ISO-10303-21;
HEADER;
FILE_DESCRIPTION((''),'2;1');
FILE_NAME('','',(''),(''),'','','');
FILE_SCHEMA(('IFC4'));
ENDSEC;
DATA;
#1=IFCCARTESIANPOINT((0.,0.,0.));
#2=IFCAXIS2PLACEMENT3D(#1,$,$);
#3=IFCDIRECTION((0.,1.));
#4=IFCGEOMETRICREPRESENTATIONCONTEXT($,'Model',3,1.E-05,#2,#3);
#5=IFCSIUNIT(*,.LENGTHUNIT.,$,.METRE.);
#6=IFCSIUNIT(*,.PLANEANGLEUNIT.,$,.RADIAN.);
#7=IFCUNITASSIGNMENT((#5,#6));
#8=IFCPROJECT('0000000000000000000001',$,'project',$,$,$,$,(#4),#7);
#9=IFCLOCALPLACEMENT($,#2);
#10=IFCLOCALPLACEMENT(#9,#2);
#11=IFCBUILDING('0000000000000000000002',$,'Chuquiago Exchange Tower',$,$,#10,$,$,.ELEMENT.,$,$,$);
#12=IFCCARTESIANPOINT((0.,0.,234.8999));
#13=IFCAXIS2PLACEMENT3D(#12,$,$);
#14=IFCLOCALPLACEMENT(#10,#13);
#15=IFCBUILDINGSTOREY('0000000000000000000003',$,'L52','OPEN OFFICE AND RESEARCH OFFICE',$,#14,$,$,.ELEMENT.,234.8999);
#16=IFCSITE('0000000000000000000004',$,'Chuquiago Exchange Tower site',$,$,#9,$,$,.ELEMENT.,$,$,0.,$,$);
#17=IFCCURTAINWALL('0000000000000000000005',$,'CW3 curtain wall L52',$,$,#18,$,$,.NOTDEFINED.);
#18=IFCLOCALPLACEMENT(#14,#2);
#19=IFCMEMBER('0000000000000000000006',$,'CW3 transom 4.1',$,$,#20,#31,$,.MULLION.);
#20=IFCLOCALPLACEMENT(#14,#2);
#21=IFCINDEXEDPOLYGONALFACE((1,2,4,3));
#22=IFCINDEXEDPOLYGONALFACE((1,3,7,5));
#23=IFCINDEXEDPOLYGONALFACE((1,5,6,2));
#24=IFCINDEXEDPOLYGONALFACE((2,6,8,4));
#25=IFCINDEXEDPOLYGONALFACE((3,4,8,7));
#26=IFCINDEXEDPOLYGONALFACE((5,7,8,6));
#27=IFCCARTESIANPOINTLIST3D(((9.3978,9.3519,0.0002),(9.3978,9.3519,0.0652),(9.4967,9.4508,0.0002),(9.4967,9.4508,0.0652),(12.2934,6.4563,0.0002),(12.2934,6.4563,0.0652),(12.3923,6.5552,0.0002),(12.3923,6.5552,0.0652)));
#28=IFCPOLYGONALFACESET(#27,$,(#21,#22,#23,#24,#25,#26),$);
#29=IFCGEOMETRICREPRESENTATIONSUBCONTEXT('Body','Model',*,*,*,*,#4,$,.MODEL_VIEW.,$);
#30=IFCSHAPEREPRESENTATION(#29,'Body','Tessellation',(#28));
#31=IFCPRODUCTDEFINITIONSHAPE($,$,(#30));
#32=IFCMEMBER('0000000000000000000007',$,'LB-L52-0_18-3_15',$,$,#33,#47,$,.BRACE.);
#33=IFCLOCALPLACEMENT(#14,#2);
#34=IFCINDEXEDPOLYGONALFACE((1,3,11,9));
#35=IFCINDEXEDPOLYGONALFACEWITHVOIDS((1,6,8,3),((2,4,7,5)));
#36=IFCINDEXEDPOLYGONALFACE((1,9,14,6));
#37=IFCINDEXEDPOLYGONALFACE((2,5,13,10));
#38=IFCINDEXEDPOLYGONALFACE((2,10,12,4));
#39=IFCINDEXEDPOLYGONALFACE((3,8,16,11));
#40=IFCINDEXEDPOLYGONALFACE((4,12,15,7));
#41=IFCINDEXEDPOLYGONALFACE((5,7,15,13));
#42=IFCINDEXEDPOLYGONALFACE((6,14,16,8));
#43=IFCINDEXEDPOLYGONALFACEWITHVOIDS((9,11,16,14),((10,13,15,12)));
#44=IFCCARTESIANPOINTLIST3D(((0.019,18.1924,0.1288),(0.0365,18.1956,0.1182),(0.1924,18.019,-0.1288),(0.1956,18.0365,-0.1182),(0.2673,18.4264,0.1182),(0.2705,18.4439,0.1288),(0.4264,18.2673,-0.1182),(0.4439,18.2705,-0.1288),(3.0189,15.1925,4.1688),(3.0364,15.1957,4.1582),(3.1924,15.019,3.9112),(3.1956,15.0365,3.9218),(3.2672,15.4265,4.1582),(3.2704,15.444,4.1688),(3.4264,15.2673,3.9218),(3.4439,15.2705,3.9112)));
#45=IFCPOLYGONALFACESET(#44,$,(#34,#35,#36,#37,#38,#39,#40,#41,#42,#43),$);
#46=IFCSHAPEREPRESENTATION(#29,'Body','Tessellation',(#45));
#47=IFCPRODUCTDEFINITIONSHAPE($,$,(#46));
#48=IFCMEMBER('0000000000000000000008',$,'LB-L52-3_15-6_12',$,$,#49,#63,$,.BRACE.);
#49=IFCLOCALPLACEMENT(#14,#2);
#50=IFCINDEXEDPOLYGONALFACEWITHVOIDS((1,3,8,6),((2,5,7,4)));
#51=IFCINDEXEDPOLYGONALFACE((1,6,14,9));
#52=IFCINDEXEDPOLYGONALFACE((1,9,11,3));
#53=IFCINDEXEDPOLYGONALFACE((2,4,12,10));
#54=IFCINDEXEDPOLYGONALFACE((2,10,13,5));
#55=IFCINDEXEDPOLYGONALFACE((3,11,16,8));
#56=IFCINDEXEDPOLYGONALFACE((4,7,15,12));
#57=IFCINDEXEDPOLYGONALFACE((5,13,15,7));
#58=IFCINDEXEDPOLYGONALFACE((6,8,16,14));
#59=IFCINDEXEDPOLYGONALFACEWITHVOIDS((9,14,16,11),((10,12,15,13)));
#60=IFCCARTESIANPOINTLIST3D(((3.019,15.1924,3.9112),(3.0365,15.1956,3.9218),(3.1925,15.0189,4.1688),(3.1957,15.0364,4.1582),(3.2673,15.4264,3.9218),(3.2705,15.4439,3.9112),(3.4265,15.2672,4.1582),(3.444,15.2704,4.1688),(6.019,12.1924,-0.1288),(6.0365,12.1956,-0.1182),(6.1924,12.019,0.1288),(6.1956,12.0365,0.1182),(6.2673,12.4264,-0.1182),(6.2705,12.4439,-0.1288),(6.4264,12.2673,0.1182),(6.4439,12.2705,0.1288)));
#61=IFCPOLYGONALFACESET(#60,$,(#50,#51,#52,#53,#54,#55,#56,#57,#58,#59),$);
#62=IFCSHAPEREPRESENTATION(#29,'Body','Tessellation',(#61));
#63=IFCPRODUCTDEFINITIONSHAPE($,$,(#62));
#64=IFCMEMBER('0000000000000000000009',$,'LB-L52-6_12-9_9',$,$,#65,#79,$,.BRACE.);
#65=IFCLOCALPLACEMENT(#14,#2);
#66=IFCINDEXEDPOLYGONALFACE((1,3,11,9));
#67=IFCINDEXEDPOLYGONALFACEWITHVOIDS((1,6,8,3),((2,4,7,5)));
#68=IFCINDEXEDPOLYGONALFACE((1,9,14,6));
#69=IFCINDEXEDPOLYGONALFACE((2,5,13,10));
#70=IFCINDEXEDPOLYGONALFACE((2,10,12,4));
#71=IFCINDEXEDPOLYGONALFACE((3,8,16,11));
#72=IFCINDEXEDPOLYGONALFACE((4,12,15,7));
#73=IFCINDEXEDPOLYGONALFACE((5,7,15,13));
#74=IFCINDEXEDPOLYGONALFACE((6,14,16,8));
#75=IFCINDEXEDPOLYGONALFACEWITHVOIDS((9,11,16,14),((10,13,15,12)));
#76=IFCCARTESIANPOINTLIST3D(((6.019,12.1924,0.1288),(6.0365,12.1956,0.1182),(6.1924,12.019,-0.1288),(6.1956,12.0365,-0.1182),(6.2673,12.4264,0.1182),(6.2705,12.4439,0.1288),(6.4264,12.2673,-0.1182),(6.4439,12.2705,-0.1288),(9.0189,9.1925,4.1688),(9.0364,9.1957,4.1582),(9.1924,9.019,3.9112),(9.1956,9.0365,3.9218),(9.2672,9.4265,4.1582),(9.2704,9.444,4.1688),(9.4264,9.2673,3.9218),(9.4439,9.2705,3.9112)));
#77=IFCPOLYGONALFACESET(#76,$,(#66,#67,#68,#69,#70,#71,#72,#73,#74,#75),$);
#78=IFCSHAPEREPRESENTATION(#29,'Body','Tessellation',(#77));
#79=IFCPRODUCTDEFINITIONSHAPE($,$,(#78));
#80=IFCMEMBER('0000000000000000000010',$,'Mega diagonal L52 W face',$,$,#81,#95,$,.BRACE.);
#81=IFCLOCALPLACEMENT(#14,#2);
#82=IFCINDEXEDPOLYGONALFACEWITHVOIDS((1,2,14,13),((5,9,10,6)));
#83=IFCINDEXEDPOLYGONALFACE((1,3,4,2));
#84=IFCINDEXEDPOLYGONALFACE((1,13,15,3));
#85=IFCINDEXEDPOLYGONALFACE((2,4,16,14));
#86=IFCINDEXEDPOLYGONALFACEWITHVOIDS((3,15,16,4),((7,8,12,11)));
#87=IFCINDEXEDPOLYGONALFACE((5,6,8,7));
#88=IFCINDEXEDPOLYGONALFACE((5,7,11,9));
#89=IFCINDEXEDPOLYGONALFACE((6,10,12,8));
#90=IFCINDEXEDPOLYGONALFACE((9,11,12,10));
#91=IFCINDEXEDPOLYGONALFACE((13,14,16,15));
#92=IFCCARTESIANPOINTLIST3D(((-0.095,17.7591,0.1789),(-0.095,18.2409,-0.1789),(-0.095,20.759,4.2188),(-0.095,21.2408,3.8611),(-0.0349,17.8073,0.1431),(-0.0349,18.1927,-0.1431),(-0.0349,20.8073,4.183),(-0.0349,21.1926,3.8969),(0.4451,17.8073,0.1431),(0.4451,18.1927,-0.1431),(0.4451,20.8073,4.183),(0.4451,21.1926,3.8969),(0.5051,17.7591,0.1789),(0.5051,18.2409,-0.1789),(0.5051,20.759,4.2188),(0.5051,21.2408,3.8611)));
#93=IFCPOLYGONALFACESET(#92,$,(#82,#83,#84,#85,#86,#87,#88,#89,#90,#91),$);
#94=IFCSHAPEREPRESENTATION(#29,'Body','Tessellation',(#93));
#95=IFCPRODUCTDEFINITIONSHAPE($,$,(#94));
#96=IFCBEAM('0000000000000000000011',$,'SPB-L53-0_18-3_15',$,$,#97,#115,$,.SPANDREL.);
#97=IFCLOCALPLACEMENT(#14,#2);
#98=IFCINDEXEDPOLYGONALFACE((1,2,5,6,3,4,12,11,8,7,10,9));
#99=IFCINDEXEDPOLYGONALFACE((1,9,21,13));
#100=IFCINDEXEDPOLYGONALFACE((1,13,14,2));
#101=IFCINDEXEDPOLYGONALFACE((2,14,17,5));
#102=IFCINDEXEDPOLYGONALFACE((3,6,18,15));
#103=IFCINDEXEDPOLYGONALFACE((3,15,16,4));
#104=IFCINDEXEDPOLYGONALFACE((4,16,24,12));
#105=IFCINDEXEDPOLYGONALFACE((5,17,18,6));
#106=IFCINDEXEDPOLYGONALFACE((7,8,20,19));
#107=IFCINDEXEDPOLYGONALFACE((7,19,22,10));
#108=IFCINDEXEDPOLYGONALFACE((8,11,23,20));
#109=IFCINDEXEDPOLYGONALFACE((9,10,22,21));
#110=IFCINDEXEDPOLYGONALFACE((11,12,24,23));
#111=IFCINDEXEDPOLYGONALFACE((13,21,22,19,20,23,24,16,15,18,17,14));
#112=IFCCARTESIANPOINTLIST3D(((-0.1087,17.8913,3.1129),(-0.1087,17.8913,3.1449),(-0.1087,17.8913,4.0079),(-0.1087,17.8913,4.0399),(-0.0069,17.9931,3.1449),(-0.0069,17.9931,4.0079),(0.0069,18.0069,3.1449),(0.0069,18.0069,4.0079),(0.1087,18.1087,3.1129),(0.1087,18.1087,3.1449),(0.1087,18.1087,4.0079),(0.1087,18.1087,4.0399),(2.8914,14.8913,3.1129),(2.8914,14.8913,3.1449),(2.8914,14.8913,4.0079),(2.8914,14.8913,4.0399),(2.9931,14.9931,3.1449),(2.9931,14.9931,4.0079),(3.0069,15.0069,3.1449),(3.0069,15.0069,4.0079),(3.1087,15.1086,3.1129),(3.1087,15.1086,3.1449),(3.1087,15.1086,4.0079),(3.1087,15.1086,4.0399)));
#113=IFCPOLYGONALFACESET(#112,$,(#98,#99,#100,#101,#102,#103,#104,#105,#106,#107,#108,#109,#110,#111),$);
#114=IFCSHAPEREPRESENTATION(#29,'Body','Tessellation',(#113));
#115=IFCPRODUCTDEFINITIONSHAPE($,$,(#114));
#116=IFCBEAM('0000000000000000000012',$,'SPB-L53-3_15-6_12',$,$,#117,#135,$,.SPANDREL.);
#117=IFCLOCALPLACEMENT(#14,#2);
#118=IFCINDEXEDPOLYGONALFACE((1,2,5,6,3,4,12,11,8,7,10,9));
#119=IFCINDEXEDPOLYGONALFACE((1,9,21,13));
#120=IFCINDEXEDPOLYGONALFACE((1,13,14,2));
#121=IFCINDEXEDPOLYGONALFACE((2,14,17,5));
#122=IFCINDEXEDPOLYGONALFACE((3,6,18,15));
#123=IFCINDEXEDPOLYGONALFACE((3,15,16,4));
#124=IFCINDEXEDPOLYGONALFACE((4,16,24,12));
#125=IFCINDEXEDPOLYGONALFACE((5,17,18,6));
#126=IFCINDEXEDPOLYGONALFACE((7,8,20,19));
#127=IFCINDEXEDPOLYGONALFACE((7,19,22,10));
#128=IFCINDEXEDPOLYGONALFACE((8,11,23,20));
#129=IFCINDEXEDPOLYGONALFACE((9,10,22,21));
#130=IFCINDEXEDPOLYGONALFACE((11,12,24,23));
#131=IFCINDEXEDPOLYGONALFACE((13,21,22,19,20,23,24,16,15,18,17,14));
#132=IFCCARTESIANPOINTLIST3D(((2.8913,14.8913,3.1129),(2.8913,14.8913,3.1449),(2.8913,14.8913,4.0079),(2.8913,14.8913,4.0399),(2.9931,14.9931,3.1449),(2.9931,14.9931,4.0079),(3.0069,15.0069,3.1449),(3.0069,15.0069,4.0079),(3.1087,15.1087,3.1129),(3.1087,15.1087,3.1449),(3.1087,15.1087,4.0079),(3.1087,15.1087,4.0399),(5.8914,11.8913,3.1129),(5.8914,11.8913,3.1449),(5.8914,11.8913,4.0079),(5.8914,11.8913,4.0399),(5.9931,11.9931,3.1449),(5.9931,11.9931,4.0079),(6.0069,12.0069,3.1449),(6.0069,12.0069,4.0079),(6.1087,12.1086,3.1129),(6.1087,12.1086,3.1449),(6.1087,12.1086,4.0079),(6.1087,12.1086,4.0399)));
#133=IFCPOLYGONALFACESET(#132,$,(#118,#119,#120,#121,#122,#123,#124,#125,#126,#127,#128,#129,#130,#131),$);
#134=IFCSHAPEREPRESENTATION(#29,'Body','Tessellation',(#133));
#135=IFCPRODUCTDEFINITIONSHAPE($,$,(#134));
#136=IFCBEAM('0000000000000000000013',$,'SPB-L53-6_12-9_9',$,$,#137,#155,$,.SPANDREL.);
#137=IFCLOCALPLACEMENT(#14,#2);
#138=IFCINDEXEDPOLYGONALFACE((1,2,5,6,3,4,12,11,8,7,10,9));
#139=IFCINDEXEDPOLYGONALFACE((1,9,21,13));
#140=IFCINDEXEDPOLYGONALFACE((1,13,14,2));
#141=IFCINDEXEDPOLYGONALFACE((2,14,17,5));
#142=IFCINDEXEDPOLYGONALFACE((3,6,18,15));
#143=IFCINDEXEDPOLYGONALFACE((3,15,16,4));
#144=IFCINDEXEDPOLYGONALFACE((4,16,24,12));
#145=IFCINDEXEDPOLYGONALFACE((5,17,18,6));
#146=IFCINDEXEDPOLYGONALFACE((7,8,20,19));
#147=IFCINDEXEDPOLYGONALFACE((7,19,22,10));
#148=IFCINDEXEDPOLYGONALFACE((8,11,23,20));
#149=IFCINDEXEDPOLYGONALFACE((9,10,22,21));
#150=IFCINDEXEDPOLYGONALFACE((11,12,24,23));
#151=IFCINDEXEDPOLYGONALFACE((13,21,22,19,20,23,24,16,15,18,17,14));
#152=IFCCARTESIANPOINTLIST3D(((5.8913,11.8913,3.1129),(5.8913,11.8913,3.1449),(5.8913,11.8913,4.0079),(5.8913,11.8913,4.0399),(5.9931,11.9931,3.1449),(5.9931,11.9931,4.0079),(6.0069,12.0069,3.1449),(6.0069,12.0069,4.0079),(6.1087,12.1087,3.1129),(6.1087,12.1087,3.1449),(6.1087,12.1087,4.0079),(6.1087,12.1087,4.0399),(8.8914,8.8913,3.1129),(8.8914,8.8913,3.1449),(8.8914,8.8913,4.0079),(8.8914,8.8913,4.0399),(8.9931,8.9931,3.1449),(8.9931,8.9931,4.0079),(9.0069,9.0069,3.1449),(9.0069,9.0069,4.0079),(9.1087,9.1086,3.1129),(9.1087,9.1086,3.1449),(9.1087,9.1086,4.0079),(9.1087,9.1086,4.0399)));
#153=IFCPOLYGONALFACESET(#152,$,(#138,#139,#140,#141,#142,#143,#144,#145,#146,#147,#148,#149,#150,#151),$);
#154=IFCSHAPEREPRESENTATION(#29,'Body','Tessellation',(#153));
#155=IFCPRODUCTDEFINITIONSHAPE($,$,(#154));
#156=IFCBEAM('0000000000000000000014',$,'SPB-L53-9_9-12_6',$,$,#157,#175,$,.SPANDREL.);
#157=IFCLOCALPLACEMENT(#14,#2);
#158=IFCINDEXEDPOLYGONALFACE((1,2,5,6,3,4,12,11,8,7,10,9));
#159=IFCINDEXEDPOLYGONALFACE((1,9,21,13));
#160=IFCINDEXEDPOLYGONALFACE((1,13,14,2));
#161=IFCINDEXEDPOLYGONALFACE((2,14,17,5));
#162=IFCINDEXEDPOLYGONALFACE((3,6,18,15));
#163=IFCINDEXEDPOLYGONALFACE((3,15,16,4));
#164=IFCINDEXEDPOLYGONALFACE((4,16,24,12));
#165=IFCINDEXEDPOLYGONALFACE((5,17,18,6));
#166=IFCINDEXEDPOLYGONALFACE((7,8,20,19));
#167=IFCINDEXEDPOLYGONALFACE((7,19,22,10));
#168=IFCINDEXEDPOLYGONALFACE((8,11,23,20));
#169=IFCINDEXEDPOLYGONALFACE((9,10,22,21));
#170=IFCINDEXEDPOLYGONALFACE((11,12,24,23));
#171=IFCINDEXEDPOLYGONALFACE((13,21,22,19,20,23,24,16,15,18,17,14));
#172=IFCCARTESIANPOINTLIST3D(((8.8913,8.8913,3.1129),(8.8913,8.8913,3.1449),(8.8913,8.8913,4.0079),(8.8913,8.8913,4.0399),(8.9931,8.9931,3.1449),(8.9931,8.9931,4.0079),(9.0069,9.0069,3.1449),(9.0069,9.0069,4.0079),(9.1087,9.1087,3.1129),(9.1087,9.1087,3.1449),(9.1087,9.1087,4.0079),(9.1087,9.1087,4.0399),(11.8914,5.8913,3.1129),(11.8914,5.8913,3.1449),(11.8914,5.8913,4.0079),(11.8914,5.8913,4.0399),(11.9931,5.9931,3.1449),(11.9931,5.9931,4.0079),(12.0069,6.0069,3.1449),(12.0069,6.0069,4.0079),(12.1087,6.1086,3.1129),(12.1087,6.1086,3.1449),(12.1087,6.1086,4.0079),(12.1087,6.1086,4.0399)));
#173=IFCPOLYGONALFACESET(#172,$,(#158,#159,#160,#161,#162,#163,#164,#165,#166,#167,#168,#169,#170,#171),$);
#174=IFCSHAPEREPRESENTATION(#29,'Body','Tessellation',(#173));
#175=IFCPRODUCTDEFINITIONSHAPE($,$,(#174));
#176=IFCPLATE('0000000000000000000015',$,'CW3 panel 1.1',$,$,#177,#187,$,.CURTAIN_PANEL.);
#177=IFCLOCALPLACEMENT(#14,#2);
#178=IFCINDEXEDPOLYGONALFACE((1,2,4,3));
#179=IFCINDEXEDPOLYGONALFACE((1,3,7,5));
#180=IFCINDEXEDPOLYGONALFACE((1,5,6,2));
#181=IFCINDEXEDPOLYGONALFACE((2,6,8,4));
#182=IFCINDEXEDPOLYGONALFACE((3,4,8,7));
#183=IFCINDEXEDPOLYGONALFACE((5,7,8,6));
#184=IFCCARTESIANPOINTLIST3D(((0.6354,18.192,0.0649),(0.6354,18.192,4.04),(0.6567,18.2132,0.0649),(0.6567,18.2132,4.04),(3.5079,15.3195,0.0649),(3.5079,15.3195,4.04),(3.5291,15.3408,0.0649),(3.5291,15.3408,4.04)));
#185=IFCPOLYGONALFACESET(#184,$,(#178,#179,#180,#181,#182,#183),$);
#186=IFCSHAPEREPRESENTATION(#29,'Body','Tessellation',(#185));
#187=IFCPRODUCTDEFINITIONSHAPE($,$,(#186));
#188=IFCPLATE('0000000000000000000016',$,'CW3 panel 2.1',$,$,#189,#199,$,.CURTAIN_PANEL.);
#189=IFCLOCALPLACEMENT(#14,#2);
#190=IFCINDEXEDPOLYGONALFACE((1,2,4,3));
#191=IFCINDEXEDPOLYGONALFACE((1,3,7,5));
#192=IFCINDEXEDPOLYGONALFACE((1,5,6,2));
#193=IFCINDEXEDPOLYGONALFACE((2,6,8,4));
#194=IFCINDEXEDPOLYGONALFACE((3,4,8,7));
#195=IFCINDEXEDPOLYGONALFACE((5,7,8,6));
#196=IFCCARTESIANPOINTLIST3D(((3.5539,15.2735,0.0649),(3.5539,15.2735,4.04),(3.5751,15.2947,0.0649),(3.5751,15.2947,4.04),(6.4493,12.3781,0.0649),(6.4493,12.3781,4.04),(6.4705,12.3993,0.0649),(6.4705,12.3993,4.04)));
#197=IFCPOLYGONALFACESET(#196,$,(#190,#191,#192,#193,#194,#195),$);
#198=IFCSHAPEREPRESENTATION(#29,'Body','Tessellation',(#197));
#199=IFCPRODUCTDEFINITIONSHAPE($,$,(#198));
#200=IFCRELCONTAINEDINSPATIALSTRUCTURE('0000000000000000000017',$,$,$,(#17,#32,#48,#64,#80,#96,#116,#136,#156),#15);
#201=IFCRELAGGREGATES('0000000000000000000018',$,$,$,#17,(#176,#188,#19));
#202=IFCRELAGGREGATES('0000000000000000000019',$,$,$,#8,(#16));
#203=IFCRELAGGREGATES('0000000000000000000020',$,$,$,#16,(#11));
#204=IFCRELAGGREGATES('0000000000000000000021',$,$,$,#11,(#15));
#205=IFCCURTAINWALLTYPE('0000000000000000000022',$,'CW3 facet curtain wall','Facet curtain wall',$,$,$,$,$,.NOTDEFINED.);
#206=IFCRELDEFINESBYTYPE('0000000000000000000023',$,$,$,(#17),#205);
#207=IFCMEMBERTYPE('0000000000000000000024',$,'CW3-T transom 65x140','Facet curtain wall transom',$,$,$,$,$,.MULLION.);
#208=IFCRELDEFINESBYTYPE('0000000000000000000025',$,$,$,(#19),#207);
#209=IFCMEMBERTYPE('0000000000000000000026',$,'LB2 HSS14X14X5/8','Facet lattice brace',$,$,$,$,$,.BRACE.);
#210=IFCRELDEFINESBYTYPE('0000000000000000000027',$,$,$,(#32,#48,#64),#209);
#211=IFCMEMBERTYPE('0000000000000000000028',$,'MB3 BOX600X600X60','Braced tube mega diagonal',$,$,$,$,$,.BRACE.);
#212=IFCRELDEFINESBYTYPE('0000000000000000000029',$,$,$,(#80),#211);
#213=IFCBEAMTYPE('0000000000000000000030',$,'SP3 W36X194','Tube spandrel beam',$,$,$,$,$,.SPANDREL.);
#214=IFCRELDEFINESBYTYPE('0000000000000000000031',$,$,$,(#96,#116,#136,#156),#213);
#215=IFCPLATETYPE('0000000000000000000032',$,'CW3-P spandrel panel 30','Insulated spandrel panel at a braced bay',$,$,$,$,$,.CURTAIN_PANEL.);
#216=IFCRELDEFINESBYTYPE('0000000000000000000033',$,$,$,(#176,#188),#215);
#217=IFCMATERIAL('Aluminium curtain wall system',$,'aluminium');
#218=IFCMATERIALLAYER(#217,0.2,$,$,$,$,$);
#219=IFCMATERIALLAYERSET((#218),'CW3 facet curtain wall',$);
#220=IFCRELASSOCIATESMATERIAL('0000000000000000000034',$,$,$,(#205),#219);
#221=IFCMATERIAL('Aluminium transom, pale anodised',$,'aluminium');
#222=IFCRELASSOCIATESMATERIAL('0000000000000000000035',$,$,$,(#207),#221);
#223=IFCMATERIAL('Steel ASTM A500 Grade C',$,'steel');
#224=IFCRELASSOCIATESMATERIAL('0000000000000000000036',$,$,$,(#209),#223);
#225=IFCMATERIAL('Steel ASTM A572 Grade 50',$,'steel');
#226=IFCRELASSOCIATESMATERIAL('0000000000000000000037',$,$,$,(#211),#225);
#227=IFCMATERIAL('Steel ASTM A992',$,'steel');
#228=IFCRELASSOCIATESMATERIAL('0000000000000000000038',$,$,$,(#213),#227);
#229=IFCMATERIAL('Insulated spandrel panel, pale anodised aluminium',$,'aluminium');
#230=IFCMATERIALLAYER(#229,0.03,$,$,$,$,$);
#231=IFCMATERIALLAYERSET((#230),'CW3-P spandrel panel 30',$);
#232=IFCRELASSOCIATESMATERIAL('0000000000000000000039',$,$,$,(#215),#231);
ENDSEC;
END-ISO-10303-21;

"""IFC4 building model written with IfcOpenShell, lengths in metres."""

from ifc_helpers import new_model, si_unit, direction, frame, origin, origin_2d, place, context, subcontext, project, spatial, rectangle, hollow_rectangle, i_section, extrude, material, layer, layer_set, material_profile, profile_set, type_object, element, aggregate, save


model = new_model("IFC4")

# Units and contexts
model_context = context("Model", 3, precision=1e-05, world=origin(), true_north=direction((0.0, 1.0)))
body_context = subcontext(model_context, "Body", "Model", "MODEL_VIEW")
ifc_project = project(units=[si_unit("LENGTHUNIT", "METRE"), si_unit("PLANEANGLEUNIT", "RADIAN")], contexts=[model_context])

# Site, building, storey
site_placement = place(None, origin())
site = spatial("IfcSite", under=ifc_project, at=site_placement, Name="Chuquiago Exchange Tower site", CompositionType="ELEMENT", RefElevation=0.0)
building_placement = place(site_placement, origin())
building = spatial("IfcBuilding", under=site, at=building_placement, Name="Chuquiago Exchange Tower", CompositionType="ELEMENT")
storey_placement = place(building_placement, frame((0.0, 0.0, 234.8999)))
storey = spatial("IfcBuildingStorey", under=building, at=storey_placement, Name="L52", Description="OPEN OFFICE AND RESEARCH OFFICE", CompositionType="ELEMENT", Elevation=234.8999)

# Curtain wall, member
ifc_material_1 = material(Name="Aluminium curtain wall system", Category="aluminium")
ifc_layer_1 = layer(ifc_material_1, 0.2)
ifc_layer_set_1 = layer_set([ifc_layer_1], Name="CW3 facet curtain wall")
curtain_wall_type_1 = type_object("IfcCurtainWallType", Name="CW3 facet curtain wall", Description="Facet curtain wall", PredefinedType="NOTDEFINED", material=ifc_layer_set_1)
curtain_wall_1_placement = place(storey_placement, origin())
curtain_wall_1 = element("IfcCurtainWall", 1, at=curtain_wall_1_placement, inside=storey, type_object=curtain_wall_type_1, Name="CW3 curtain wall L52", PredefinedType="NOTDEFINED")
ifc_material_2 = material(Name="Aluminium transom, pale anodised", Category="aluminium")
ifc_material_profile_1 = material_profile(ifc_material_2, rectangle(XDim=0.1399, YDim=0.0649, at=origin_2d()), Name="AL 140x65")
ifc_profile_set_1 = profile_set([ifc_material_profile_1], Name="Aluminium transom, pale anodised")
member_type_1 = type_object("IfcMemberType", Name="CW3-T transom 65x140", Description="Facet curtain wall transom", PredefinedType="MULLION", material=ifc_profile_set_1)
member_1_placement = place(storey_placement, frame((9.4473, 9.4014, 0.0327), z_axis=(0.707107, -0.707107, 0.0), x_axis=(0.707107, 0.707107, 0.0)))
member_1 = element("IfcMember", 2, at=member_1_placement, type_object=member_type_1, Name="CW3 transom 4.1", PredefinedType="MULLION", context=body_context, shape_type="SweptSolid", body=[
    extrude(rectangle(XDim=0.1399, YDim=0.0649, at=origin_2d()), origin(), (0.0, 0.0, 1.0), 4.095),
])

# Members
ifc_material_3 = material(Name="Steel ASTM A500 Grade C", Category="steel")
ifc_material_profile_2 = material_profile(ifc_material_3, hollow_rectangle(XDim=0.3557, YDim=0.3557, WallThickness=0.0146, at=origin_2d()), Name="HSS14X14X5/8")
ifc_profile_set_2 = profile_set([ifc_material_profile_2], Name="Steel ASTM A500 Grade C")
member_type_2 = type_object("IfcMemberType", Name="LB2 HSS14X14X5/8", Description="Facet lattice brace", PredefinedType="BRACE", material=ifc_profile_set_2)
for number, where, z_axis, x_axis, name in (
    (3, (0.2314, 18.2314, 0.0), (0.512077, -0.512077, 0.689604), (0.707107, 0.707107, 0.0), "LB-L52-0_18-3_15"),
    (4, (6.2314, 12.2314, 0.0), (-0.512077, 0.512077, 0.689604), (-0.707107, -0.707107, 0.0), "LB-L52-3_15-6_12"),
    (5, (6.2314, 12.2314, 0.0), (0.512077, -0.512077, 0.689604), (0.707107, 0.707107, 0.0), "LB-L52-6_12-9_9"),
):
    element("IfcMember", number, at=place(storey_placement, frame(where, z_axis=z_axis, x_axis=x_axis)), inside=storey, type_object=member_type_2, Name=name, PredefinedType="BRACE", context=body_context, shape_type="SweptSolid", body=[
        extrude(hollow_rectangle(XDim=0.3557, YDim=0.3557, WallThickness=0.0146, at=origin_2d()), origin(), (0.0, 0.0, 1.0), 5.8584),
    ])
ifc_material_4 = material(Name="Steel ASTM A572 Grade 50", Category="steel")
ifc_material_profile_3 = material_profile(ifc_material_4, hollow_rectangle(XDim=0.6001, YDim=0.6001, WallThickness=0.0601, at=origin_2d()), Name="BOX600X600X60")
ifc_profile_set_3 = profile_set([ifc_material_profile_3], Name="Steel ASTM A572 Grade 50")
member_type_3 = type_object("IfcMemberType", Name="MB3 BOX600X600X60", Description="Braced tube mega diagonal", PredefinedType="BRACE", material=ifc_profile_set_3)
member_2_placement = place(storey_placement, frame((0.2051, 18.0, 0.0), z_axis=(0.0, 0.596174, 0.802855), x_axis=(-1.0, 0.0, 0.0)))
element("IfcMember", 6, at=member_2_placement, inside=storey, type_object=member_type_3, Name="Mega diagonal L52 W face", PredefinedType="BRACE", context=body_context, shape_type="SweptSolid", body=[
    extrude(hollow_rectangle(XDim=0.6001, YDim=0.6001, WallThickness=0.0601, at=origin_2d()), origin(), (0.0, 0.0, 1.0), 5.032),
])

# Beams
ifc_material_5 = material(Name="Steel ASTM A992", Category="steel")
ifc_material_profile_4 = material_profile(ifc_material_5, i_section(OverallWidth=0.3074, OverallDepth=0.927, WebThickness=0.0195, FlangeThickness=0.032, at=origin_2d()), Name="W36X194")
ifc_profile_set_4 = profile_set([ifc_material_profile_4], Name="Steel ASTM A992")
beam_type = type_object("IfcBeamType", Name="SP3 W36X194", Description="Tube spandrel beam", PredefinedType="SPANDREL", material=ifc_profile_set_4)
for number, where, z_axis, x_axis, name in (
    (7, (0.0, 18.0, 3.5764), (0.707107, -0.707107, 0.0), (0.707107, 0.707107, 0.0), "SPB-L53-0_18-3_15"),
    (8, (3.0, 15.0, 3.5764), (0.707107, -0.707107, 0.0), (0.707107, 0.707107, 0.0), "SPB-L53-3_15-6_12"),
    (9, (6.0, 12.0, 3.5764), (0.707107, -0.707107, 0.0), (0.707107, 0.707107, 0.0), "SPB-L53-6_12-9_9"),
    (10, (9.0, 9.0, 3.5764), (0.707107, -0.707107, 0.0), (0.707107, 0.707107, 0.0), "SPB-L53-9_9-12_6"),
):
    element("IfcBeam", number, at=place(storey_placement, frame(where, z_axis=z_axis, x_axis=x_axis)), inside=storey, type_object=beam_type, Name=name, PredefinedType="SPANDREL", context=body_context, shape_type="SweptSolid", body=[
        extrude(i_section(OverallWidth=0.3074, OverallDepth=0.927, WebThickness=0.0195, FlangeThickness=0.032, at=origin_2d()), origin(), (0.0, 0.0, 1.0), 4.2427),
    ])

# Plates
ifc_material_6 = material(Name="Insulated spandrel panel, pale anodised aluminium", Category="aluminium")
ifc_layer_2 = layer(ifc_material_6, 0.03)
ifc_layer_set_2 = layer_set([ifc_layer_2], Name="CW3-P spandrel panel 30")
plate_type = type_object("IfcPlateType", Name="CW3-P spandrel panel 30", Description="Insulated spandrel panel at a braced bay", PredefinedType="CURTAIN_PANEL", material=ifc_layer_set_2)
plate_1_placement = place(storey_placement, frame((2.0823, 16.7664, 0.0649), z_axis=(0.0, 0.0, 1.0), x_axis=(0.707107, -0.707107, 0.0)))
plate_1 = element("IfcPlate", 11, at=plate_1_placement, type_object=plate_type, Name="CW3 panel 1.1", PredefinedType="CURTAIN_PANEL", context=body_context, shape_type="SweptSolid", body=[
    extrude(rectangle(XDim=4.0623, YDim=0.03, at=origin_2d()), origin(), (0.0, 0.0, 1.0), 3.9751),
])
plate_2_placement = place(storey_placement, frame((5.0122, 13.8364, 0.0649), z_axis=(0.0, 0.0, 1.0), x_axis=(0.707107, -0.707107, 0.0)))
plate_2 = element("IfcPlate", 12, at=plate_2_placement, type_object=plate_type, Name="CW3 panel 2.1", PredefinedType="CURTAIN_PANEL", context=body_context, shape_type="SweptSolid", body=[
    extrude(rectangle(XDim=4.0947, YDim=0.03, at=origin_2d()), origin(), (0.0, 0.0, 1.0), 3.9751),
])
aggregate(curtain_wall_1, [plate_1, plate_2, member_1])

save(model, "model.ifc")
